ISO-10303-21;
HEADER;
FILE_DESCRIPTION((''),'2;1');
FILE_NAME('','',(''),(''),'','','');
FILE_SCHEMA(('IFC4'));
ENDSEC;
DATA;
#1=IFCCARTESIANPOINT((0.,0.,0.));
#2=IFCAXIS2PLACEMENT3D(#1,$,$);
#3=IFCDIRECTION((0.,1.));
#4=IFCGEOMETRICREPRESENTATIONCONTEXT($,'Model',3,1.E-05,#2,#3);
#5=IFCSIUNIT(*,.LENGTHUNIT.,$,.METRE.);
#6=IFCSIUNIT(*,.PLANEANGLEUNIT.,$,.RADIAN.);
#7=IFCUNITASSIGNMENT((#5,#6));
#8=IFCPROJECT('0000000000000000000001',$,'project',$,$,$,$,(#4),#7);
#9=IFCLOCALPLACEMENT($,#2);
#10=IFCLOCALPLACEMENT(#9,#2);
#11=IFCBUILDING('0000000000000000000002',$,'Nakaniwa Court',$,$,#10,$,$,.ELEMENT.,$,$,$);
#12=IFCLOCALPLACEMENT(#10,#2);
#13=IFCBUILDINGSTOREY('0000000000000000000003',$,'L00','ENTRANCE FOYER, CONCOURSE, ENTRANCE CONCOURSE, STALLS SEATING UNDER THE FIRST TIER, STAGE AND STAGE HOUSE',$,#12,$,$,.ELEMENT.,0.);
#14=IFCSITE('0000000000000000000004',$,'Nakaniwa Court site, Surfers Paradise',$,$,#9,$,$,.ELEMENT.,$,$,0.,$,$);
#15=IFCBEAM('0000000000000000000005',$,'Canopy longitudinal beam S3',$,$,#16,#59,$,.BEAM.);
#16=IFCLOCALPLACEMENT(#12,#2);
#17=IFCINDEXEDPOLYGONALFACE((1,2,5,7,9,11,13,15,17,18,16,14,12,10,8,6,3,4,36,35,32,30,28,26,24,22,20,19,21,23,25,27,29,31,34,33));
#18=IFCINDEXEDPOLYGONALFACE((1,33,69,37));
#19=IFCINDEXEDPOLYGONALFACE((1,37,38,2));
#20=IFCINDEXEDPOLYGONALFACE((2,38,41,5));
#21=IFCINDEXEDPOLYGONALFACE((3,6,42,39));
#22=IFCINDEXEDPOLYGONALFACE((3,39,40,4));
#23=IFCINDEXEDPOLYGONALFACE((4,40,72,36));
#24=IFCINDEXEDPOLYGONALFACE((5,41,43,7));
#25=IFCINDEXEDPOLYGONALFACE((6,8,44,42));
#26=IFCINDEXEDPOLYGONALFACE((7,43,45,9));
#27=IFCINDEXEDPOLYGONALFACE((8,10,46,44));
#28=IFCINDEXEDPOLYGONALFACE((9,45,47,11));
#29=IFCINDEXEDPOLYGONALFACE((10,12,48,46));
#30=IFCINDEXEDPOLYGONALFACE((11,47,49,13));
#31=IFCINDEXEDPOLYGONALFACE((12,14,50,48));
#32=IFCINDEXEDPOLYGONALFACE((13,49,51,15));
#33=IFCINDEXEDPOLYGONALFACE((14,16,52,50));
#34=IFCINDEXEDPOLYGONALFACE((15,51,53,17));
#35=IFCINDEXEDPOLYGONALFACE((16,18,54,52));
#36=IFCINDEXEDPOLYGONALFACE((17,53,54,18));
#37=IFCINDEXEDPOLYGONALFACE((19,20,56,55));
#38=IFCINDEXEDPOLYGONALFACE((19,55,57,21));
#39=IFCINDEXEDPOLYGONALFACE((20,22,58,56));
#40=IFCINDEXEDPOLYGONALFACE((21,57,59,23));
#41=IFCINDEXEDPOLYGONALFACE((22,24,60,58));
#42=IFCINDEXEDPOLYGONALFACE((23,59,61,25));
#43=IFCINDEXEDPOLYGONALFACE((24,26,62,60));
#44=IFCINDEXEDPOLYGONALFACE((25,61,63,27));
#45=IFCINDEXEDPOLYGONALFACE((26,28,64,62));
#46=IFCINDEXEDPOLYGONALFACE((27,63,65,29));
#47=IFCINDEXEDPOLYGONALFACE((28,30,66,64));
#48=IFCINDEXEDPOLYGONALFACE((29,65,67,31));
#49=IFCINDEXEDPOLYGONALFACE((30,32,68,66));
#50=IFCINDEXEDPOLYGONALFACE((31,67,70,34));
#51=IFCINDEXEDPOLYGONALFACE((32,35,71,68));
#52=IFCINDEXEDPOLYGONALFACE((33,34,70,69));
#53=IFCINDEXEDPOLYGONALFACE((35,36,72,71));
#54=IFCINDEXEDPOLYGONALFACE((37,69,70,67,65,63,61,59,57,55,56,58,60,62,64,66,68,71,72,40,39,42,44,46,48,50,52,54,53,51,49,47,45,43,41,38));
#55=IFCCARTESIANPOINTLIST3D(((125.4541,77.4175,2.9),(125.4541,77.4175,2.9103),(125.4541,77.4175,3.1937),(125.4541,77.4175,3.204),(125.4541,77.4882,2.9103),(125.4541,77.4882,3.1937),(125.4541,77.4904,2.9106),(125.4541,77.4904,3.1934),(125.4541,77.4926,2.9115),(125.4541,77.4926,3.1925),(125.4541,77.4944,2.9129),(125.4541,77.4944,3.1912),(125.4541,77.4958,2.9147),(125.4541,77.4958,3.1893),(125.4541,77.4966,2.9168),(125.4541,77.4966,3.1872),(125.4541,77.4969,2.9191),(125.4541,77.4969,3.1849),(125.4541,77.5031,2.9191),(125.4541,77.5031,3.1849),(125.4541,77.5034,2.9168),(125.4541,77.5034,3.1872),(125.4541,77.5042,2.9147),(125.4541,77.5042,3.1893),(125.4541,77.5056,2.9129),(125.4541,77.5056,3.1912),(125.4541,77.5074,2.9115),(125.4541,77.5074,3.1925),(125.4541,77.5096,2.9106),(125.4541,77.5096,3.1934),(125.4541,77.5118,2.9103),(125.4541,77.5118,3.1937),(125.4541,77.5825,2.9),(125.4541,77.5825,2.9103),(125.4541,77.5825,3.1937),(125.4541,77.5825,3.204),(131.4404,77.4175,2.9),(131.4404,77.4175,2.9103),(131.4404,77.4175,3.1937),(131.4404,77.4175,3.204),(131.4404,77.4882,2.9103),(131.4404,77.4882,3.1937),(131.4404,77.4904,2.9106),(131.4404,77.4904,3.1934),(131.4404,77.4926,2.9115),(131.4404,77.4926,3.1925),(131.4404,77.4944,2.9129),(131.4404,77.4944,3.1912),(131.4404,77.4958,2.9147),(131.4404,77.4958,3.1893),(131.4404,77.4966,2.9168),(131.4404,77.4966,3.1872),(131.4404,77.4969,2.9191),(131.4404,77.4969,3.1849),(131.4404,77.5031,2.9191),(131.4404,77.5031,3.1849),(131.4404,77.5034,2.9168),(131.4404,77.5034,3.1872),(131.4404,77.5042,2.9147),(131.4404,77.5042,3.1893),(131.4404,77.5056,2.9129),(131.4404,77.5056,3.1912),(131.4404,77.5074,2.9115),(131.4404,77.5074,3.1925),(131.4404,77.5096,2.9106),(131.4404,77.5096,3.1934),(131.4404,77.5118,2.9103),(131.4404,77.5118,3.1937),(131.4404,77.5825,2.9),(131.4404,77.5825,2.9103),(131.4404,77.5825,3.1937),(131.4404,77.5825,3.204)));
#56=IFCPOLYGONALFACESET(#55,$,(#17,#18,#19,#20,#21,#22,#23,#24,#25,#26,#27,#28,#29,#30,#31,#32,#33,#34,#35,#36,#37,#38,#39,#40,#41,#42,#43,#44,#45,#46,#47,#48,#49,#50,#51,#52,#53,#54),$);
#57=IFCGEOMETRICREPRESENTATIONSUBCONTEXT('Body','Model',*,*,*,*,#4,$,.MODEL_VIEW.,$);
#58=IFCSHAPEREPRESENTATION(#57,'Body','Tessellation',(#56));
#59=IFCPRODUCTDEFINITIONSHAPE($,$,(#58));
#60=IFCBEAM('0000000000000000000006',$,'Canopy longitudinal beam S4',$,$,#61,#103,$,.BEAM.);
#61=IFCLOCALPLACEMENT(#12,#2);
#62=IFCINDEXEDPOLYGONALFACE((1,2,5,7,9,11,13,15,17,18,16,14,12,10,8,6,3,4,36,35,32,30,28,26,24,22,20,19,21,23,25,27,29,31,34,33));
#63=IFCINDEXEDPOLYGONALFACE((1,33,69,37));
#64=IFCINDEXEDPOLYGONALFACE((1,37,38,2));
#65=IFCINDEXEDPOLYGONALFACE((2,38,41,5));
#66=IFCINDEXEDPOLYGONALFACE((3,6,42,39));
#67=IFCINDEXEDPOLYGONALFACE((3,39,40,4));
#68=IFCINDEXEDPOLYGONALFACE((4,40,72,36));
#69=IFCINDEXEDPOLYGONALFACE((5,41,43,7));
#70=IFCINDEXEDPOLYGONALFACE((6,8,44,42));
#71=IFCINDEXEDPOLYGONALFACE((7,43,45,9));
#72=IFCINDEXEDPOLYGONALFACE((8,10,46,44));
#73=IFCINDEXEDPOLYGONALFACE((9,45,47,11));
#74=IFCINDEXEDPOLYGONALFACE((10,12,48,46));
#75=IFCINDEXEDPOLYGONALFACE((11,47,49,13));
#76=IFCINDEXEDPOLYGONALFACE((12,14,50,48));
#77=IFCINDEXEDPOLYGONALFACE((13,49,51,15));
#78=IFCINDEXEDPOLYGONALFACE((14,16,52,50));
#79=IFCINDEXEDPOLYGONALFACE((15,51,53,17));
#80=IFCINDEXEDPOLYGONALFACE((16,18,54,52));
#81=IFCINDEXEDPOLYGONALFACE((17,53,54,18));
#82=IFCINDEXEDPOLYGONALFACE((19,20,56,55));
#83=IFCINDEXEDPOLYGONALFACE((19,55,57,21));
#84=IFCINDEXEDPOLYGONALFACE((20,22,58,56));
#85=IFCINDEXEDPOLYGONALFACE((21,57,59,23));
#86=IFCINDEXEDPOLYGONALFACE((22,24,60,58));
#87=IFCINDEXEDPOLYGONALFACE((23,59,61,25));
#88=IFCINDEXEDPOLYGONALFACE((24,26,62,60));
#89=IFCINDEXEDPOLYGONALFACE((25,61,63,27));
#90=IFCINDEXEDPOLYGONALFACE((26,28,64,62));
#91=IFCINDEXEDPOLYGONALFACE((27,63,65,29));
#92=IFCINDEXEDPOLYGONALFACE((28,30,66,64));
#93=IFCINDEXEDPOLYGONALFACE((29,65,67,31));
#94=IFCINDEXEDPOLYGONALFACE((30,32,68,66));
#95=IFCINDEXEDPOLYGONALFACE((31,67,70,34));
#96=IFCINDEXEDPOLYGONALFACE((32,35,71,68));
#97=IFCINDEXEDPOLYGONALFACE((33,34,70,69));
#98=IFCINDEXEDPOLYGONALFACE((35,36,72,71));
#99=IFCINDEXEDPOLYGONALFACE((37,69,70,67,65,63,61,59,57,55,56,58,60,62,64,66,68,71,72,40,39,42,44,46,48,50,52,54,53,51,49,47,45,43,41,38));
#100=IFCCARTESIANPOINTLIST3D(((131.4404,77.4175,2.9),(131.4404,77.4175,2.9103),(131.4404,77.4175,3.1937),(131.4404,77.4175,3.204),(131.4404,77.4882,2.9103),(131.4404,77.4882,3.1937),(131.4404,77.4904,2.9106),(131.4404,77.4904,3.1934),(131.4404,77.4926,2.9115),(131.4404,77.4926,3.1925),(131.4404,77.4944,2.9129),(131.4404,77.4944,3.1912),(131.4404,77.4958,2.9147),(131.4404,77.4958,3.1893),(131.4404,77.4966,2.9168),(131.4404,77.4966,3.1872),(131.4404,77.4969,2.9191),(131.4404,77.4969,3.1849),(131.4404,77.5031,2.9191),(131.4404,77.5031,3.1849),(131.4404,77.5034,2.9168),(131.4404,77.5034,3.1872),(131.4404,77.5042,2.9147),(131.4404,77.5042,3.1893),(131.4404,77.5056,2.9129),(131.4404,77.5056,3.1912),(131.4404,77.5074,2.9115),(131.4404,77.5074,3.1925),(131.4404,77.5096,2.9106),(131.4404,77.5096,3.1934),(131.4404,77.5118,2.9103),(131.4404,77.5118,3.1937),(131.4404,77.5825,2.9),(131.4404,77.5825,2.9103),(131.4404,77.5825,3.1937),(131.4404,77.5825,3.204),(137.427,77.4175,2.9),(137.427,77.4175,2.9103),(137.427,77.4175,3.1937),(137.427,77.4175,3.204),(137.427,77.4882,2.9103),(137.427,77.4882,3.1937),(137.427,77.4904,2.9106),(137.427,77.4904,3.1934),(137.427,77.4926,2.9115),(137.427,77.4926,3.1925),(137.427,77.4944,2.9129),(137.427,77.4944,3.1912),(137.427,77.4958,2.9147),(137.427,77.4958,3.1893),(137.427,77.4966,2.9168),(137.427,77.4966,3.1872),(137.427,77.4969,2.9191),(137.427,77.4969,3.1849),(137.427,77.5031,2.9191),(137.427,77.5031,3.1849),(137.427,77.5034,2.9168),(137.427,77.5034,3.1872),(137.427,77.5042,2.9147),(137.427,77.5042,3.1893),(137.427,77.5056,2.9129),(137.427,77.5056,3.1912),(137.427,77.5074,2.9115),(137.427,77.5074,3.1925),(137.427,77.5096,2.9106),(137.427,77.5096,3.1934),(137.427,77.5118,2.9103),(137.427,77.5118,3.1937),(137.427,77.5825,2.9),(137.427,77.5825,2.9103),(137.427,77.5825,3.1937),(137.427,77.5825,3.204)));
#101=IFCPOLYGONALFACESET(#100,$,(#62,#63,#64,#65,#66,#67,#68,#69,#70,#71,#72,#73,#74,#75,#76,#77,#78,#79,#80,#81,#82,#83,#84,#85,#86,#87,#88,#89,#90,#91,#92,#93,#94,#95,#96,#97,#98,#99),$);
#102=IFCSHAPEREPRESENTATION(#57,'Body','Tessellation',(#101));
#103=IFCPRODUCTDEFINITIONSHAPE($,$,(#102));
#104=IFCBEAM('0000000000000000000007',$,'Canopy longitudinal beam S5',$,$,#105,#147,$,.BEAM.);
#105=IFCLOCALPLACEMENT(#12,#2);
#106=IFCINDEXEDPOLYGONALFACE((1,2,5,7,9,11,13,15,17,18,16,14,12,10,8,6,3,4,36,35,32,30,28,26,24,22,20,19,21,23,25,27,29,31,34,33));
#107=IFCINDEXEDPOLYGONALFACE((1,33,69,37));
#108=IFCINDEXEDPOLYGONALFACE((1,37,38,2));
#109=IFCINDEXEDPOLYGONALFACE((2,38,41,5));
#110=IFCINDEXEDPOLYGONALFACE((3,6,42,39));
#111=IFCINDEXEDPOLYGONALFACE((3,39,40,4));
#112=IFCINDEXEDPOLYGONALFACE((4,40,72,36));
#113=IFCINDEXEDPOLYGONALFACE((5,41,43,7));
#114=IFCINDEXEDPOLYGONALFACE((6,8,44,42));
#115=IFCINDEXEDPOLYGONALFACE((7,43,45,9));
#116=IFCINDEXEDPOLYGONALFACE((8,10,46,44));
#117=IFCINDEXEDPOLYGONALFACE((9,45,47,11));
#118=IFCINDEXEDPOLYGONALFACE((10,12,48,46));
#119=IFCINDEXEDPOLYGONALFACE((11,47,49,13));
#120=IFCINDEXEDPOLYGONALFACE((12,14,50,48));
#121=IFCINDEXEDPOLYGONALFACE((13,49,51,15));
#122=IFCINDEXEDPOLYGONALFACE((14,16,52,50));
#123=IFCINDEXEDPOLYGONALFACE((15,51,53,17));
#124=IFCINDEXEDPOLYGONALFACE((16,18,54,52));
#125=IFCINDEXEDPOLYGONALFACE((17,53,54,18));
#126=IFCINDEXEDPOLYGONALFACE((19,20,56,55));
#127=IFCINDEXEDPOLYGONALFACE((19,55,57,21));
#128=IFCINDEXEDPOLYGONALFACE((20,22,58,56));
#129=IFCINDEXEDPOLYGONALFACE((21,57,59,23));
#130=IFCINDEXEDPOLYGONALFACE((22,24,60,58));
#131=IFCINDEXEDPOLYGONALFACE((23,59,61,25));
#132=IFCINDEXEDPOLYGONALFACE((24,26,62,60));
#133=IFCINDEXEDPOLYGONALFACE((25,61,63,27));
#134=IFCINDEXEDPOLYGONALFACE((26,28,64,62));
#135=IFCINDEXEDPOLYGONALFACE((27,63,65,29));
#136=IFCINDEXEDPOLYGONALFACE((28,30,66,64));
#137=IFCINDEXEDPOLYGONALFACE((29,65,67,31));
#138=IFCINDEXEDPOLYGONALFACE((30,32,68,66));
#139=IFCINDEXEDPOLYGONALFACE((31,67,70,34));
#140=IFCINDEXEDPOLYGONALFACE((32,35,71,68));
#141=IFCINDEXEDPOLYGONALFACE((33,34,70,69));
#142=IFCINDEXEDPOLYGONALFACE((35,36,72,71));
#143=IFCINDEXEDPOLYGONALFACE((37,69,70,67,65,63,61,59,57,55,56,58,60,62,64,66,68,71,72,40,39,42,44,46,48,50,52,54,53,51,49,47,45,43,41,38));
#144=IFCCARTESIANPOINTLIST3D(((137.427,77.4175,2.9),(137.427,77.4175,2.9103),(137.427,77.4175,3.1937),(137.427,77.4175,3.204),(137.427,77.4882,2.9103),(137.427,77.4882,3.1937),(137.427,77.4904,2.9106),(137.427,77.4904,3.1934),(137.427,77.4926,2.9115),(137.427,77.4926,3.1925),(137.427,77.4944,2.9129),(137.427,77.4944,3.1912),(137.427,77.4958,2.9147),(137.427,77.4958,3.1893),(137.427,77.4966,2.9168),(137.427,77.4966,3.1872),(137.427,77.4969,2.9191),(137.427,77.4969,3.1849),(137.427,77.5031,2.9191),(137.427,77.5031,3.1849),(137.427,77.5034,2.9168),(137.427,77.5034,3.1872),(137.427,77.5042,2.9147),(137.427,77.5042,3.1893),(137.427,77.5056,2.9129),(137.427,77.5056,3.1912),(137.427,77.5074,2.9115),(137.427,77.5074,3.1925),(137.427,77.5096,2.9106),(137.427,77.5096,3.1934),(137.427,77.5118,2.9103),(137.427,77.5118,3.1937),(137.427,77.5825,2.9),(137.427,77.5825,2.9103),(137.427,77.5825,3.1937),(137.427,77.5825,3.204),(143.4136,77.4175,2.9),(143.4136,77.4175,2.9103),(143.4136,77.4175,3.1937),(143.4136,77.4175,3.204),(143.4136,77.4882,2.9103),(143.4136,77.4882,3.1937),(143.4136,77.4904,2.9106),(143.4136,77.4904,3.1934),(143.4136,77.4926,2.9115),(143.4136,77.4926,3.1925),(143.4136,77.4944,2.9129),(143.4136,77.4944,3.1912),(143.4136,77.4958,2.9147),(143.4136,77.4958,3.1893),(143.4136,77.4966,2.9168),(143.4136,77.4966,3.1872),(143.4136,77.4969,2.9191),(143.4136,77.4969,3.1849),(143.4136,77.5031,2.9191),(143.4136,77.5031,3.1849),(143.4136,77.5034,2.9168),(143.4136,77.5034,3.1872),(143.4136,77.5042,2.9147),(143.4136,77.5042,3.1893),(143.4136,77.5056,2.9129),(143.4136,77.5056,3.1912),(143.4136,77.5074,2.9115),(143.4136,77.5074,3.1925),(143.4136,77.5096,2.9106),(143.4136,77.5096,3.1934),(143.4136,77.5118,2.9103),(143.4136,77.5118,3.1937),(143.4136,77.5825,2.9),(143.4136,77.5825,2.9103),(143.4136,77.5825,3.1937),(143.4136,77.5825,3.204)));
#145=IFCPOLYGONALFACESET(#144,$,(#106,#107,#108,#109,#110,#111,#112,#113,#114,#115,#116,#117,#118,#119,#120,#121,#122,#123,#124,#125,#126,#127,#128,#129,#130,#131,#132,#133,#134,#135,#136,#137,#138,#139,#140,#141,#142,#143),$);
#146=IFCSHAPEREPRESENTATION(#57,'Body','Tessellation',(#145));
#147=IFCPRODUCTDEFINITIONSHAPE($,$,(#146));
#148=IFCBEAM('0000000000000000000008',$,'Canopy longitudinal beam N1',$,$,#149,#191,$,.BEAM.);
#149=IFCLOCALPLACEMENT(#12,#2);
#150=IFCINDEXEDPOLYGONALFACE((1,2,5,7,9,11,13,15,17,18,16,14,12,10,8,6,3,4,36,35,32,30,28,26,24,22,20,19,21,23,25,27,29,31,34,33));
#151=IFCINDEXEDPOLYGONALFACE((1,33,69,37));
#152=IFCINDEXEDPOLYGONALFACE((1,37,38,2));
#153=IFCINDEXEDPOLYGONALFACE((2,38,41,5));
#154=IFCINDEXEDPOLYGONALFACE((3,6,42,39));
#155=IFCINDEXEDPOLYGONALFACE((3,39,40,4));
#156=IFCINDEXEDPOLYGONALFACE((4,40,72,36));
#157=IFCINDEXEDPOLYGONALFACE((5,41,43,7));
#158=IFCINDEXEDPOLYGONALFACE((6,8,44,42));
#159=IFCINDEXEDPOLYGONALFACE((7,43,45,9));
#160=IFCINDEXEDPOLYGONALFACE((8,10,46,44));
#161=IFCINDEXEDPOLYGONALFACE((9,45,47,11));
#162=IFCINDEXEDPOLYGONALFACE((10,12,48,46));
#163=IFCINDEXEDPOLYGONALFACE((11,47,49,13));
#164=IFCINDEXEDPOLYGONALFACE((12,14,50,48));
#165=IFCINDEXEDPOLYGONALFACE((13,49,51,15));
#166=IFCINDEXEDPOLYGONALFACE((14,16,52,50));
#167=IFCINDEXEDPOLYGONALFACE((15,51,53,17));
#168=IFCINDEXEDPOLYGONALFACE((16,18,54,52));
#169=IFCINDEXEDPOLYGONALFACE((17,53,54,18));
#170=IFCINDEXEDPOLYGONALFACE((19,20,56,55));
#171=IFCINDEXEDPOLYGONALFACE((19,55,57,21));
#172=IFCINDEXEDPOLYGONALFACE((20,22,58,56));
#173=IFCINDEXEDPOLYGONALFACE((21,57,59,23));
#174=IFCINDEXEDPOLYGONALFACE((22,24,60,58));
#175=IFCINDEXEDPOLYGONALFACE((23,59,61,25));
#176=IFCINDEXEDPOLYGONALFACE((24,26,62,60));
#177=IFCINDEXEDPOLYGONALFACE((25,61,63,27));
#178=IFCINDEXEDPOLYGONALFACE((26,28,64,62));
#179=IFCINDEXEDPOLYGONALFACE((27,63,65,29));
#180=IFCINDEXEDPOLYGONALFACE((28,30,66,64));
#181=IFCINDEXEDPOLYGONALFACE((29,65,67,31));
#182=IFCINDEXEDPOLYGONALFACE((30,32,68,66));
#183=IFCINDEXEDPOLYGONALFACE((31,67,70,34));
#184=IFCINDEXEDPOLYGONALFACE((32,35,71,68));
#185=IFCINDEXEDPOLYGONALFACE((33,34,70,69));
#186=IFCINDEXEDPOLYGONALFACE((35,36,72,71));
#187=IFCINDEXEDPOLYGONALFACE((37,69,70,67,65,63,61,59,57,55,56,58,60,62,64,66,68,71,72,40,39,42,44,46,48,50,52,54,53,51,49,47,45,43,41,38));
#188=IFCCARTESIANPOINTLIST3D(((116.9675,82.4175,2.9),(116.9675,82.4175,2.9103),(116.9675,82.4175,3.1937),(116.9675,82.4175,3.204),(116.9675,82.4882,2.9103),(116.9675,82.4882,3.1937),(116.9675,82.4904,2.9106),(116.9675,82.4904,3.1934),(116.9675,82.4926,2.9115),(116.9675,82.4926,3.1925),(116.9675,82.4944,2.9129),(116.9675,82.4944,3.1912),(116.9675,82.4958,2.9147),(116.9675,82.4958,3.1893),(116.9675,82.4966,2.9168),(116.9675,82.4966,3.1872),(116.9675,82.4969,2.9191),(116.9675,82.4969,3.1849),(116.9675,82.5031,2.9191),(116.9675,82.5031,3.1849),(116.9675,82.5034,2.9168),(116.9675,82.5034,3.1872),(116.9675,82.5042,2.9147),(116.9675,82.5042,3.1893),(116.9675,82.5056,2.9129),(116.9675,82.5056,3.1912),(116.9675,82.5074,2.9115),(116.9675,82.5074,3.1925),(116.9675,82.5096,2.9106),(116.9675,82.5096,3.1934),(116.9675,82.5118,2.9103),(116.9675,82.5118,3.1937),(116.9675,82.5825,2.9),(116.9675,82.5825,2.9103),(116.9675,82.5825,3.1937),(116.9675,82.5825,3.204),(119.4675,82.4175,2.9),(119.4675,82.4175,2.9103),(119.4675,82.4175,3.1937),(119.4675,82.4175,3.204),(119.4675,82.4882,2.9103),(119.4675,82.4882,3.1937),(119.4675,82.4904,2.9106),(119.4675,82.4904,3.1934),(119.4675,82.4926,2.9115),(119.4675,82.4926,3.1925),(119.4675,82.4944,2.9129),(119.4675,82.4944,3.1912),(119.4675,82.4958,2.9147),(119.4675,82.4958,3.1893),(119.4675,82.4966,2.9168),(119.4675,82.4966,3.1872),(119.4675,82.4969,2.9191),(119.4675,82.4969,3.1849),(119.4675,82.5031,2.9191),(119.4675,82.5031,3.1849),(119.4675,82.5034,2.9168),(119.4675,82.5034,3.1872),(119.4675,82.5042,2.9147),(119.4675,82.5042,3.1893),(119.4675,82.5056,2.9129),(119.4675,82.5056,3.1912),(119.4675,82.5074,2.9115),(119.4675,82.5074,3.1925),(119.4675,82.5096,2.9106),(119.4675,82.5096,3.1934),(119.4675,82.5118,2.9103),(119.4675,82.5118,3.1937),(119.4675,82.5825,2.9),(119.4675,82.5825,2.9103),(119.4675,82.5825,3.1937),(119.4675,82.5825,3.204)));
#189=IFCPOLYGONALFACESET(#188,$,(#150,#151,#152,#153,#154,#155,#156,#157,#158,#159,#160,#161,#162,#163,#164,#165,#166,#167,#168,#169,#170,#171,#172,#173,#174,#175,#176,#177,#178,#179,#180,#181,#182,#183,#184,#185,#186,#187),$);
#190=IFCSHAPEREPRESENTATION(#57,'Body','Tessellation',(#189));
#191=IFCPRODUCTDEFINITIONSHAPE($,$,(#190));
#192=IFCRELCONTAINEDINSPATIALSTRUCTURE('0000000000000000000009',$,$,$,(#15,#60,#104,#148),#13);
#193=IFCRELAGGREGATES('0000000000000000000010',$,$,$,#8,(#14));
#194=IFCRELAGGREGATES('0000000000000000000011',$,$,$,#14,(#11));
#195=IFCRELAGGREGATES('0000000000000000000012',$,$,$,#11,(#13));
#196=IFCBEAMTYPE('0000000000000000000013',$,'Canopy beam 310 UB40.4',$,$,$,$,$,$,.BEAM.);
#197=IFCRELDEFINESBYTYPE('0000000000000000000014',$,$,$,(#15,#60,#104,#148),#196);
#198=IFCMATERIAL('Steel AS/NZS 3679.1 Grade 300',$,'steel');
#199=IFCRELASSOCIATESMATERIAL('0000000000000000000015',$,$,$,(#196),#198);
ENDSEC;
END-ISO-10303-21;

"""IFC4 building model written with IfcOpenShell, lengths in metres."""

from ifc_helpers import new_model, si_unit, direction, frame, origin, origin_2d, place, context, subcontext, project, spatial, i_section, extrude, material, material_profile, profile_set, type_object, element, save


model = new_model("IFC4")

# Units and contexts
model_context = context("Model", 3, precision=1e-05, world=origin(), true_north=direction((0.0, 1.0)))
body_context = subcontext(model_context, "Body", "Model", "MODEL_VIEW")
ifc_project = project(units=[si_unit("LENGTHUNIT", "METRE"), si_unit("PLANEANGLEUNIT", "RADIAN")], contexts=[model_context])

# Site, building, storey
site_placement = place(None, origin())
site = spatial("IfcSite", under=ifc_project, at=site_placement, Name="Nakaniwa Court site, Surfers Paradise", CompositionType="ELEMENT", RefElevation=0.0)
building_placement = place(site_placement, origin())
building = spatial("IfcBuilding", under=site, at=building_placement, Name="Nakaniwa Court", CompositionType="ELEMENT")
storey_placement = place(building_placement, origin())
storey = spatial("IfcBuildingStorey", under=building, at=storey_placement, Name="L00", Description="ENTRANCE FOYER, CONCOURSE, ENTRANCE CONCOURSE, STALLS SEATING UNDER THE FIRST TIER, STAGE AND STAGE HOUSE", CompositionType="ELEMENT", Elevation=0.0)

# Beams
ifc_material_1 = material(Name="Steel AS/NZS 3679.1 Grade 300", Category="steel")
ifc_material_profile_1 = material_profile(ifc_material_1, i_section(OverallWidth=0.165, OverallDepth=0.304, WebThickness=0.0061, FlangeThickness=0.0103, FilletRadius=0.0088, at=origin_2d()), Name="310UB40.4")
ifc_profile_set_1 = profile_set([ifc_material_profile_1], Name="Steel AS/NZS 3679.1 Grade 300")
beam_type = type_object("IfcBeamType", Name="Canopy beam 310 UB40.4", PredefinedType="BEAM", material=ifc_profile_set_1)
beam_1_placement = place(storey_placement, frame((125.4541, 77.5, 3.052), z_axis=(1.0, 0.0, 0.0), x_axis=(0.0, 1.0, 0.0)))
element("IfcBeam", 1, at=beam_1_placement, inside=storey, type_object=beam_type, Name="Canopy longitudinal beam S3", PredefinedType="BEAM", context=body_context, shape_type="SweptSolid", body=[
    extrude(i_section(OverallWidth=0.165, OverallDepth=0.304, WebThickness=0.0061, FlangeThickness=0.0103, FilletRadius=0.0088, at=origin_2d()), origin(), (0.0, 0.0, 1.0), 5.9863),
])
for number, where, z_axis, x_axis, name in (
    (2, (131.4404, 77.5, 3.052), (1.0, 0.0, 0.0), (0.0, 1.0, 0.0), "Canopy longitudinal beam S4"),
    (3, (137.427, 77.5, 3.052), (1.0, 0.0, 0.0), (0.0, 1.0, 0.0), "Canopy longitudinal beam S5"),
):
    element("IfcBeam", number, at=place(storey_placement, frame(where, z_axis=z_axis, x_axis=x_axis)), inside=storey, type_object=beam_type, Name=name, PredefinedType="BEAM", context=body_context, shape_type="SweptSolid", body=[
        extrude(i_section(OverallWidth=0.165, OverallDepth=0.304, WebThickness=0.0061, FlangeThickness=0.0103, FilletRadius=0.0088, at=origin_2d()), origin(), (0.0, 0.0, 1.0), 5.9866),
    ])
beam_2_placement = place(storey_placement, frame((116.9675, 82.5, 3.052), z_axis=(1.0, 0.0, 0.0), x_axis=(0.0, 1.0, 0.0)))
element("IfcBeam", 4, at=beam_2_placement, inside=storey, type_object=beam_type, Name="Canopy longitudinal beam N1", PredefinedType="BEAM", context=body_context, shape_type="SweptSolid", body=[
    extrude(i_section(OverallWidth=0.165, OverallDepth=0.304, WebThickness=0.0061, FlangeThickness=0.0103, FilletRadius=0.0088, at=origin_2d()), origin(), (0.0, 0.0, 1.0), 2.5),
])

save(model, "model.ifc")
